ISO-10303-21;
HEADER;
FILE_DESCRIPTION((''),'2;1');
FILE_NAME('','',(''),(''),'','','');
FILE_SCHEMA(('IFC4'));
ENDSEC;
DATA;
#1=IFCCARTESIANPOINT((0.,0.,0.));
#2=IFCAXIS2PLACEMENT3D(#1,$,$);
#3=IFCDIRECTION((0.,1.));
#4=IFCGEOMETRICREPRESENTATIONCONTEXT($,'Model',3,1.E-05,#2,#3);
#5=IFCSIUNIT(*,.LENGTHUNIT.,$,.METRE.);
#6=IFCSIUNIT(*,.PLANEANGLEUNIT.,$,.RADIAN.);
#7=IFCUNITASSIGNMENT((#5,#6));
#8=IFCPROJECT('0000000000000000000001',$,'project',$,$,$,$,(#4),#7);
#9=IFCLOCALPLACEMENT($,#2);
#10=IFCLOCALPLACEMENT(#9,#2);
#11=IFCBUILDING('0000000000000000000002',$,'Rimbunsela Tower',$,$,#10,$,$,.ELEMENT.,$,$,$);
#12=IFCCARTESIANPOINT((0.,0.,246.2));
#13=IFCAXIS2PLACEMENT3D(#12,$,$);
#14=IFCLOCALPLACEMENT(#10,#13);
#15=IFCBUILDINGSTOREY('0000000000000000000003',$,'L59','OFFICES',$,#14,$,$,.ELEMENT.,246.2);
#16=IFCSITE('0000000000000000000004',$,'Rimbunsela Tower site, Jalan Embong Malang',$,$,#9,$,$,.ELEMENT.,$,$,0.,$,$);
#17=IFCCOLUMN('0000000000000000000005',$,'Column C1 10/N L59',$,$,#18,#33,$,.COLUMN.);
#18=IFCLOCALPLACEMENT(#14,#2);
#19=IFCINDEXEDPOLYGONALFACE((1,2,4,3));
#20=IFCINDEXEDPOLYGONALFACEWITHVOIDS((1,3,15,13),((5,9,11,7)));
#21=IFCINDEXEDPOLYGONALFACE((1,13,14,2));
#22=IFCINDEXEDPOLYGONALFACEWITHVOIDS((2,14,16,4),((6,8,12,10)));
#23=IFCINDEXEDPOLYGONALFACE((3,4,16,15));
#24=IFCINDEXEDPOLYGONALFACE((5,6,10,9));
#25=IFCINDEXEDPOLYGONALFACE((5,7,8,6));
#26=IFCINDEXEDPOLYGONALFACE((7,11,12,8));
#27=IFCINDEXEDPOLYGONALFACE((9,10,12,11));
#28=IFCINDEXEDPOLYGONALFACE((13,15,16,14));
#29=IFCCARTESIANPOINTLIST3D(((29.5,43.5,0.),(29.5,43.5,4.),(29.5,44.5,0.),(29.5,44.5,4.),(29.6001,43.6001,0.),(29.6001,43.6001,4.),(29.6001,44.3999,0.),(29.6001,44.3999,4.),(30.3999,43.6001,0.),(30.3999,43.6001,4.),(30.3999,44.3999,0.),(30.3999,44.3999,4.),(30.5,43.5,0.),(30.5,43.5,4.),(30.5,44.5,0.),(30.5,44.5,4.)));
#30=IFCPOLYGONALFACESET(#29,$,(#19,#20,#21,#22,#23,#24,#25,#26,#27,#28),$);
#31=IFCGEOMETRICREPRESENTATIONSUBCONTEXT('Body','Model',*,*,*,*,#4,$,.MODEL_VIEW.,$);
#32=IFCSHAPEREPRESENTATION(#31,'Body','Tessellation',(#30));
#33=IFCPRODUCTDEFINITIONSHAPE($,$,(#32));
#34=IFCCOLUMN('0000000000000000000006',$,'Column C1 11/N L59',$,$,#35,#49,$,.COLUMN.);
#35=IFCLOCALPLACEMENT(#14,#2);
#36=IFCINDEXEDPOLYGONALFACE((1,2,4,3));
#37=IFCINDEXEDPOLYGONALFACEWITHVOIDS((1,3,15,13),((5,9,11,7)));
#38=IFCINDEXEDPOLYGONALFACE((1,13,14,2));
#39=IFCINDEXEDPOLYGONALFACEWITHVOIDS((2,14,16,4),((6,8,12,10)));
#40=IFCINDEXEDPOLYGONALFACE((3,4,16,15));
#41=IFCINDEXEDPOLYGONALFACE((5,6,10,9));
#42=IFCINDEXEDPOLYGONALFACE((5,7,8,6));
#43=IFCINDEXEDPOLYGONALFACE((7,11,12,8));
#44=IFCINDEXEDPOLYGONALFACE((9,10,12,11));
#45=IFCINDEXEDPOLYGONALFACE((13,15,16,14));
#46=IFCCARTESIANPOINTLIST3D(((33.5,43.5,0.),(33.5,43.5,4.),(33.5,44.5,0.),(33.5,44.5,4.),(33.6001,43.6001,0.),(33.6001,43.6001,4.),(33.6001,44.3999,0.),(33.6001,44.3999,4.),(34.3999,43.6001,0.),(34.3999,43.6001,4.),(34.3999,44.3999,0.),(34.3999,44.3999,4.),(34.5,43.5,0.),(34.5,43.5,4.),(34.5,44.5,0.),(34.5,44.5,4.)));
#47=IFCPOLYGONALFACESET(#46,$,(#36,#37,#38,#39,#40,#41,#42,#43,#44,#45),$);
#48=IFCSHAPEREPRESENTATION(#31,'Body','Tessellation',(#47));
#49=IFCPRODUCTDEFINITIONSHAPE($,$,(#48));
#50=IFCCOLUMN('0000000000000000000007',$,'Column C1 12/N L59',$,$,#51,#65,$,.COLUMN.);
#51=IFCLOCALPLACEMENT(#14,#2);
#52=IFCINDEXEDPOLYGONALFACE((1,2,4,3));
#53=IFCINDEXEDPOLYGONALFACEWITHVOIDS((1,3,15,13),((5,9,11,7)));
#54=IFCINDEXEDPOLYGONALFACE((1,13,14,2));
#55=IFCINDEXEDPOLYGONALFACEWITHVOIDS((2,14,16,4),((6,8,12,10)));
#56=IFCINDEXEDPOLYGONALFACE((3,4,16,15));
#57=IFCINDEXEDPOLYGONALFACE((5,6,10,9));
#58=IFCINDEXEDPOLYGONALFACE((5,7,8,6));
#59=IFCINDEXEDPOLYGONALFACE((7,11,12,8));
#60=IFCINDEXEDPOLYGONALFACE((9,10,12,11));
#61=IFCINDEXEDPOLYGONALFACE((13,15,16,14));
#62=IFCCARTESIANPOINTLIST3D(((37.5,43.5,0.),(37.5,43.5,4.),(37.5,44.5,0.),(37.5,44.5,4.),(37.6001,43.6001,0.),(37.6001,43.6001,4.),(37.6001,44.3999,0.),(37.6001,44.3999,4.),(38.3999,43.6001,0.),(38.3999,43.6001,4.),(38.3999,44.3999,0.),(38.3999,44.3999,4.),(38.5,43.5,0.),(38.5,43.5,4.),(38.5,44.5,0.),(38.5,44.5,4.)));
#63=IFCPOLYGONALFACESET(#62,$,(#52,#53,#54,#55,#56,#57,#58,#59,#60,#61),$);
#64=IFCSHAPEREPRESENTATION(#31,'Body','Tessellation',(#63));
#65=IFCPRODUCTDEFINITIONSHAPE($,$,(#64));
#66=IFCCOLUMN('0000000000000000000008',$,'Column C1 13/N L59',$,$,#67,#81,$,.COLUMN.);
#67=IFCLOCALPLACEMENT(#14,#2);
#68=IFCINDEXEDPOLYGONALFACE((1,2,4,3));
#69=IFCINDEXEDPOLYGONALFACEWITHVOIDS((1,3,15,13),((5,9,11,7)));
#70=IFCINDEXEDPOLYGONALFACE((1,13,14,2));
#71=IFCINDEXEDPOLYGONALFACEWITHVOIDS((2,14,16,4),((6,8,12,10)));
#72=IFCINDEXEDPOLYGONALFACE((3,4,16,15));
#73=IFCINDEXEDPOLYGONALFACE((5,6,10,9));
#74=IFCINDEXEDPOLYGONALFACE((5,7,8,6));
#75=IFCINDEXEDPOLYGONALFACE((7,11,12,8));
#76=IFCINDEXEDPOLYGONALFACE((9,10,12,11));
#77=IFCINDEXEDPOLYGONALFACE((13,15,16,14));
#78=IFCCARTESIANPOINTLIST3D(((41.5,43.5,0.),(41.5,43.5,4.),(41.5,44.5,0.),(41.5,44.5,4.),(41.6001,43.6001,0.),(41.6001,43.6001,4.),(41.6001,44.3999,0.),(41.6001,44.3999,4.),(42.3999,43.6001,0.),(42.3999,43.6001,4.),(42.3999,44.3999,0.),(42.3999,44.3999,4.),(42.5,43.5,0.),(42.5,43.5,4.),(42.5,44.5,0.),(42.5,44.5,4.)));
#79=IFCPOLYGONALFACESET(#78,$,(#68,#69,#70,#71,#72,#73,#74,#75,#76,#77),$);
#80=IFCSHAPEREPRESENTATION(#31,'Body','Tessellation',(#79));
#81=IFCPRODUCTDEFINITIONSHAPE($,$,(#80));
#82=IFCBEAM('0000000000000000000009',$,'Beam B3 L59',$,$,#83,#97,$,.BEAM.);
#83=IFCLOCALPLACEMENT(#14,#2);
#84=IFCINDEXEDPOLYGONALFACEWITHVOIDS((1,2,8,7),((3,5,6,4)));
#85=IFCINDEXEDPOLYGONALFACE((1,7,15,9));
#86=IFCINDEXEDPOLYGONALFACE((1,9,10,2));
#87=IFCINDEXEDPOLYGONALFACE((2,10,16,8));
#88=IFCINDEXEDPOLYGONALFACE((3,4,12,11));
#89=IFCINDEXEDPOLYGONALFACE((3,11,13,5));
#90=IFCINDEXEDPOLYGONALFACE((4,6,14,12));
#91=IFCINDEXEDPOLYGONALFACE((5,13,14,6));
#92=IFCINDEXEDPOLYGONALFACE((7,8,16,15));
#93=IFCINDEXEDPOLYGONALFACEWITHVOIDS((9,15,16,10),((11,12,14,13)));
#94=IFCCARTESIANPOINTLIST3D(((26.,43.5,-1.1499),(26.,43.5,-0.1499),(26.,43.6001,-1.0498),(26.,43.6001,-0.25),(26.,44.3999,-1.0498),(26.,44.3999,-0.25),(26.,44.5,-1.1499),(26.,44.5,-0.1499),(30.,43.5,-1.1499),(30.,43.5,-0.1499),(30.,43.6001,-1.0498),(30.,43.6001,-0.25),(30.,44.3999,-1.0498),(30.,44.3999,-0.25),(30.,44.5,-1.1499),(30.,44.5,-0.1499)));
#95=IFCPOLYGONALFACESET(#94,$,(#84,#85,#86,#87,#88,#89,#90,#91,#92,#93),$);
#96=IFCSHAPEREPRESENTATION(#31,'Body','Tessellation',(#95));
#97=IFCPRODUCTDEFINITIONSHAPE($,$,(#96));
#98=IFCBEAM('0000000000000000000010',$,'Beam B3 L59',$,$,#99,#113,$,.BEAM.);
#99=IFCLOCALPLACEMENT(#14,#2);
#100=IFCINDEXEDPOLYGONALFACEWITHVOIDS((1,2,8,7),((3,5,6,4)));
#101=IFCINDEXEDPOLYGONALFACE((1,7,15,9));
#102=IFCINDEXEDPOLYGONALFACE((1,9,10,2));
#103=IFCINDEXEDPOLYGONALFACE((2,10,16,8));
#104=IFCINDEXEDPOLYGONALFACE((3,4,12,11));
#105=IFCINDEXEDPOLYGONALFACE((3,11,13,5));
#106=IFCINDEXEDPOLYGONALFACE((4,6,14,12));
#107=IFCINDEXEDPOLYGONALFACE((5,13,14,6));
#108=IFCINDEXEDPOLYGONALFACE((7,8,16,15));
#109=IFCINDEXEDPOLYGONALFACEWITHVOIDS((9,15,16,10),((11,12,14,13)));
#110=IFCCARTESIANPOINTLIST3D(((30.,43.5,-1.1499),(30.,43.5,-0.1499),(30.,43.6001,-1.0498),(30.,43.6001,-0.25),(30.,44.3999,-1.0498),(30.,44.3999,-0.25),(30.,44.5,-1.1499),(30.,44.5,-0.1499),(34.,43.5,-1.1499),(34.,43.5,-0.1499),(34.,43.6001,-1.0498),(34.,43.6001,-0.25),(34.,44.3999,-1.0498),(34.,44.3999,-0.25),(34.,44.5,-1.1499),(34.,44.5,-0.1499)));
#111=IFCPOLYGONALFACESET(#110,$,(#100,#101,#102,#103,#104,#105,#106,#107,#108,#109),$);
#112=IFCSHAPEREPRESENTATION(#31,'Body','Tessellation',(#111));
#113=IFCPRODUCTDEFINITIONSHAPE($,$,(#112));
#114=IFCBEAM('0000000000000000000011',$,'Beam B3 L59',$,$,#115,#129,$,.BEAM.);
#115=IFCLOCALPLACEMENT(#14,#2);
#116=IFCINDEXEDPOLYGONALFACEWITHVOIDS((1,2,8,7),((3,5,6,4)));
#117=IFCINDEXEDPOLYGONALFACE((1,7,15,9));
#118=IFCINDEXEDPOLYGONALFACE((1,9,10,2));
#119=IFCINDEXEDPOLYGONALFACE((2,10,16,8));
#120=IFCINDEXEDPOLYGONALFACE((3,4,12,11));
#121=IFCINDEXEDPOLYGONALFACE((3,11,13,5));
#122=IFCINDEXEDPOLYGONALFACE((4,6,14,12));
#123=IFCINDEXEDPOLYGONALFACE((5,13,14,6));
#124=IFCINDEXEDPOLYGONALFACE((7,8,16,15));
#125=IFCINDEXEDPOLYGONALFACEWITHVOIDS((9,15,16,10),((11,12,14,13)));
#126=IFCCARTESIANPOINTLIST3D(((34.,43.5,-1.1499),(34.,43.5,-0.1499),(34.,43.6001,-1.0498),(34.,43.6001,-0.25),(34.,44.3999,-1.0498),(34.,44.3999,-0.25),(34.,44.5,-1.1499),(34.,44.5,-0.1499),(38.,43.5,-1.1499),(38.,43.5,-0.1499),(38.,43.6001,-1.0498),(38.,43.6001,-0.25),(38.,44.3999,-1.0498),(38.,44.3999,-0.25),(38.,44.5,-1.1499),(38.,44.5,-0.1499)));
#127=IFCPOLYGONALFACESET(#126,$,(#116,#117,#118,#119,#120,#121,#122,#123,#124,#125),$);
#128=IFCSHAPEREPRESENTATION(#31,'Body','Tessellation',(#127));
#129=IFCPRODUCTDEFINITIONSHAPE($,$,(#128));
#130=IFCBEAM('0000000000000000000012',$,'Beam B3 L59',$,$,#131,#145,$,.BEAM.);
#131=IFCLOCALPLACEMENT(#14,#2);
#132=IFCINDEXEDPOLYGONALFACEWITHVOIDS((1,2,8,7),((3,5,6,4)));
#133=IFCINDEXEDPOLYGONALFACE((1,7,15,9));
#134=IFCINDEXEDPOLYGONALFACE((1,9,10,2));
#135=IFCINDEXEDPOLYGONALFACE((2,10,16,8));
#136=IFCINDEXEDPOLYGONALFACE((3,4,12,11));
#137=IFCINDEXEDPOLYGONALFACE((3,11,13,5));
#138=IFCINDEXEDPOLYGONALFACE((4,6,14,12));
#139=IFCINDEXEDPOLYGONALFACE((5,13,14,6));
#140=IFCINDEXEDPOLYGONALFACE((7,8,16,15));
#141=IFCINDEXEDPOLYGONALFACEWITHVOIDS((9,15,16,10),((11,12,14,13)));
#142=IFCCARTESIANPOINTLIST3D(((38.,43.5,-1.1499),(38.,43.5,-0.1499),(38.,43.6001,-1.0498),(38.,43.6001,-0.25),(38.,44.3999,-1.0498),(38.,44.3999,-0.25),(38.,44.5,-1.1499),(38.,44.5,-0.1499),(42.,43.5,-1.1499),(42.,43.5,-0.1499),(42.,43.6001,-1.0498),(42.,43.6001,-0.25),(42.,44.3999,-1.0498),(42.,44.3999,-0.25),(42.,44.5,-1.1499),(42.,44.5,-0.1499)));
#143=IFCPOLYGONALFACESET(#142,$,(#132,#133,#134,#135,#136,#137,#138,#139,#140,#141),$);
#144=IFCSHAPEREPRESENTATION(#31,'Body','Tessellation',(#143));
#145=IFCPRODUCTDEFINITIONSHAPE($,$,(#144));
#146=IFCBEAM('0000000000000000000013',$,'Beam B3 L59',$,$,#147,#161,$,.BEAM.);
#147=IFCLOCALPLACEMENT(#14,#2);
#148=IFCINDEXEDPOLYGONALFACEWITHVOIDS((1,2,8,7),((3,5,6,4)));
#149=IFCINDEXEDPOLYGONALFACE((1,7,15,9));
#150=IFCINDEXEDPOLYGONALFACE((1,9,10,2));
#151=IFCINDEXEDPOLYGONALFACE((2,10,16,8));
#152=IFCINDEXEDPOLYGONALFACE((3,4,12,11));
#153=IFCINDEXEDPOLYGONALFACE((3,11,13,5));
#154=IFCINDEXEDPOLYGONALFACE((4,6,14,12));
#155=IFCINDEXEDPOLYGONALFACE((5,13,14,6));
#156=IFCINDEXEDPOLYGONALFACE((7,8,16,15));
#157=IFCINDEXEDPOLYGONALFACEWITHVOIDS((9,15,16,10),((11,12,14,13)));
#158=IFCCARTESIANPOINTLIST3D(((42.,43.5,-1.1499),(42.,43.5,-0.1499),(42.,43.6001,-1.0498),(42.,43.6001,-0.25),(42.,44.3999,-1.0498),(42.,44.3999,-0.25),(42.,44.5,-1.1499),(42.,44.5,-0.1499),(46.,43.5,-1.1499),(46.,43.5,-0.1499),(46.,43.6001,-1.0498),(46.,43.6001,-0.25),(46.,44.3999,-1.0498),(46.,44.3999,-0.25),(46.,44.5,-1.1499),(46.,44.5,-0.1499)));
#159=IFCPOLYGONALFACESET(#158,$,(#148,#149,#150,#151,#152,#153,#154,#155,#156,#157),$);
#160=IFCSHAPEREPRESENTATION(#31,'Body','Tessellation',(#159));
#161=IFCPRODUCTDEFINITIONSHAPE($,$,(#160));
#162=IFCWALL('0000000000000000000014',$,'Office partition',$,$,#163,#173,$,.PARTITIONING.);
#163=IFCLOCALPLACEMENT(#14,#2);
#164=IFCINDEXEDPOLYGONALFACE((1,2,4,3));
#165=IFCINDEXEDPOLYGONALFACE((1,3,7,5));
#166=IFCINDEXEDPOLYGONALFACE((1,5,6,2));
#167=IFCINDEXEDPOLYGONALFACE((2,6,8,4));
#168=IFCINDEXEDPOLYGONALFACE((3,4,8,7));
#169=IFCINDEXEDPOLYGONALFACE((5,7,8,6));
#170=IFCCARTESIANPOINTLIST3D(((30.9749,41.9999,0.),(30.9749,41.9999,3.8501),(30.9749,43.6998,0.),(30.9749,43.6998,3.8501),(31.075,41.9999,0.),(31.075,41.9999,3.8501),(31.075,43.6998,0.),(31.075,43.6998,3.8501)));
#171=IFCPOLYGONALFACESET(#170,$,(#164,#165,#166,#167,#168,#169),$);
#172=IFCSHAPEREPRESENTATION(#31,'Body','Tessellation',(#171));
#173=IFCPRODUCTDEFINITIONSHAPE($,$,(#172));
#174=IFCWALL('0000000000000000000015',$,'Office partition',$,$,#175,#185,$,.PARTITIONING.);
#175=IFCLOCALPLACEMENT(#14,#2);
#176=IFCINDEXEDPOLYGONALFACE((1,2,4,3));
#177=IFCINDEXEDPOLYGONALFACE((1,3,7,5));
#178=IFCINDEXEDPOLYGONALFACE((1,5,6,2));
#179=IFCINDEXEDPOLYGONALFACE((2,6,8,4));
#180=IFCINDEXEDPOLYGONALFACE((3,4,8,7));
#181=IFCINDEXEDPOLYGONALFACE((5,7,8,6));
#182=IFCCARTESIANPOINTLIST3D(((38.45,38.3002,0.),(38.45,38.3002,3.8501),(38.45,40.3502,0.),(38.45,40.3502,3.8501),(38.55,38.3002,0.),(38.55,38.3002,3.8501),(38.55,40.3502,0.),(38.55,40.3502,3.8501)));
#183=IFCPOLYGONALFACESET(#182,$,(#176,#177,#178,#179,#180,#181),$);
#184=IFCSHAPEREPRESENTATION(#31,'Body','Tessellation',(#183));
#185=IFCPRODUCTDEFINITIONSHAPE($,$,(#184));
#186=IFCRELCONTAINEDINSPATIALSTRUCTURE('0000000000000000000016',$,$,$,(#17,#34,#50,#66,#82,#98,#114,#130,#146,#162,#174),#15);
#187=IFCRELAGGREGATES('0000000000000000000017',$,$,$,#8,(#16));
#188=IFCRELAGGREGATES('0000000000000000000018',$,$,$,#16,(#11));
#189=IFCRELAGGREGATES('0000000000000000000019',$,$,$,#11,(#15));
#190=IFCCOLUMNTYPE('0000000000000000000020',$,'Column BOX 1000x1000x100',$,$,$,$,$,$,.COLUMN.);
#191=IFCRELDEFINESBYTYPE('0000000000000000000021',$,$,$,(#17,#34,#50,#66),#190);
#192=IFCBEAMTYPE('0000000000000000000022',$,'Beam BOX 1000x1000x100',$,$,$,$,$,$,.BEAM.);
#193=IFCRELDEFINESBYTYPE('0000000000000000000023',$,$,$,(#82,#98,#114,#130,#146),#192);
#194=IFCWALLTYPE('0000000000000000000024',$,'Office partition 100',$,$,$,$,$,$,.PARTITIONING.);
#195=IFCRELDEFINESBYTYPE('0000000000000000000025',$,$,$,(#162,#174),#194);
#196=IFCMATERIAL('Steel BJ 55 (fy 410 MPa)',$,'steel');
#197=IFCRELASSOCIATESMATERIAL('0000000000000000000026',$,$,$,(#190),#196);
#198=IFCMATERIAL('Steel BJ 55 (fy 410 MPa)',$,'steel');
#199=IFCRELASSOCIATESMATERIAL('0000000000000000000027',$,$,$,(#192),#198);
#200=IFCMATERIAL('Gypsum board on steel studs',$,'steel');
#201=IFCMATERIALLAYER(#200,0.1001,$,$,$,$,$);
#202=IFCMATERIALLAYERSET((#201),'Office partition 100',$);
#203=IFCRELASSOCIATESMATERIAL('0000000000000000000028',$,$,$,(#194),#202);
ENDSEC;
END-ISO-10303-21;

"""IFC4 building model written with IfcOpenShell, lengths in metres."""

from ifc_helpers import new_model, si_unit, direction, frame, frame_2d, origin, origin_2d, place, context, subcontext, project, spatial, rectangle, hollow_rectangle, extrude, material, layer, layer_set, material_profile, profile_set, type_object, element, save


model = new_model("IFC4")

# Units and contexts
model_context = context("Model", 3, precision=1e-05, world=origin(), true_north=direction((0.0, 1.0)))
body_context = subcontext(model_context, "Body", "Model", "MODEL_VIEW")
ifc_project = project(units=[si_unit("LENGTHUNIT", "METRE"), si_unit("PLANEANGLEUNIT", "RADIAN")], contexts=[model_context])

# Site, building, storey
site_placement = place(None, origin())
site = spatial("IfcSite", under=ifc_project, at=site_placement, Name="Rimbunsela Tower site, Jalan Embong Malang", CompositionType="ELEMENT", RefElevation=0.0)
building_placement = place(site_placement, origin())
building = spatial("IfcBuilding", under=site, at=building_placement, Name="Rimbunsela Tower", CompositionType="ELEMENT")
storey_placement = place(building_placement, frame((0.0, 0.0, 246.2)))
storey = spatial("IfcBuildingStorey", under=building, at=storey_placement, Name="L59", Description="OFFICES", CompositionType="ELEMENT", Elevation=246.2)

# Columns
ifc_material_1 = material(Name="Steel BJ 55 (fy 410 MPa)", Category="steel")
ifc_material_profile_1 = material_profile(ifc_material_1, hollow_rectangle(XDim=1.0, YDim=1.0, WallThickness=0.1001, at=origin_2d()), Name="BOX 1000x1000x100")
ifc_profile_set_1 = profile_set([ifc_material_profile_1], Name="Steel BJ 55 (fy 410 MPa)")
column_type = type_object("IfcColumnType", Name="Column BOX 1000x1000x100", PredefinedType="COLUMN", material=ifc_profile_set_1)
for number, where, z_axis, x_axis, name in (
    (1, (30.0, 44.0, 0.0), (0.0, 0.0, 1.0), (1.0, 0.0, 0.0), "Column C1 10/N L59"),
    (2, (34.0, 44.0, 0.0), (0.0, 0.0, 1.0), (1.0, 0.0, 0.0), "Column C1 11/N L59"),
    (3, (38.0, 44.0, 0.0), (0.0, 0.0, 1.0), (1.0, 0.0, 0.0), "Column C1 12/N L59"),
    (4, (42.0, 44.0, 0.0), (0.0, 0.0, 1.0), (1.0, 0.0, 0.0), "Column C1 13/N L59"),
):
    element("IfcColumn", number, at=place(storey_placement, frame(where, z_axis=z_axis, x_axis=x_axis)), inside=storey, type_object=column_type, Name=name, PredefinedType="COLUMN", context=body_context, shape_type="SweptSolid", body=[
        extrude(hollow_rectangle(XDim=1.0, YDim=1.0, WallThickness=0.1001, at=origin_2d()), origin(), (0.0, 0.0, 1.0), 4.0),
    ])

# Beams
ifc_material_2 = material(Name="Steel BJ 55 (fy 410 MPa)", Category="steel")
ifc_material_profile_2 = material_profile(ifc_material_2, hollow_rectangle(XDim=1.0, YDim=1.0, WallThickness=0.1001, at=origin_2d()), Name="BOX 1000x1000x100")
ifc_profile_set_2 = profile_set([ifc_material_profile_2], Name="Steel BJ 55 (fy 410 MPa)")
beam_type = type_object("IfcBeamType", Name="Beam BOX 1000x1000x100", PredefinedType="BEAM", material=ifc_profile_set_2)
for number, where, z_axis, x_axis, name in (
    (5, (26.0, 44.0, -0.6499), (1.0, 0.0, 0.0), (0.0, 1.0, 0.0), "Beam B3 L59"),
    (6, (30.0, 44.0, -0.6499), (1.0, 0.0, 0.0), (0.0, 1.0, 0.0), "Beam B3 L59"),
    (7, (34.0, 44.0, -0.6499), (1.0, 0.0, 0.0), (0.0, 1.0, 0.0), "Beam B3 L59"),
    (8, (38.0, 44.0, -0.6499), (1.0, 0.0, 0.0), (0.0, 1.0, 0.0), "Beam B3 L59"),
    (9, (42.0, 44.0, -0.6499), (1.0, 0.0, 0.0), (0.0, 1.0, 0.0), "Beam B3 L59"),
):
    element("IfcBeam", number, at=place(storey_placement, frame(where, z_axis=z_axis, x_axis=x_axis)), inside=storey, type_object=beam_type, Name=name, PredefinedType="BEAM", context=body_context, shape_type="SweptSolid", body=[
        extrude(hollow_rectangle(XDim=1.0, YDim=1.0, WallThickness=0.1001, at=origin_2d()), origin(), (0.0, 0.0, 1.0), 4.0),
    ])

# Walls
ifc_material_3 = material(Name="Gypsum board on steel studs", Category="steel")
ifc_layer_1 = layer(ifc_material_3, 0.1001)
ifc_layer_set_1 = layer_set([ifc_layer_1], Name="Office partition 100")
wall_type_1 = type_object("IfcWallType", Name="Office partition 100", PredefinedType="PARTITIONING", material=ifc_layer_set_1)
wall_1_placement = place(storey_placement, frame((31.0249, 43.7, 0.0), z_axis=(0.0, 0.0, 1.0), x_axis=(0.0, -1.0, 0.0)))
element("IfcWall", 10, at=wall_1_placement, inside=storey, type_object=wall_type_1, Name="Office partition", PredefinedType="PARTITIONING", context=body_context, shape_type="SweptSolid", body=[
    extrude(rectangle(XDim=1.7, YDim=0.1001, at=frame_2d((0.8501, 0.0))), origin(), (0.0, 0.0, 1.0), 3.8501),
])
wall_2_placement = place(storey_placement, frame((38.5, 40.3501, 0.0), z_axis=(0.0, 0.0, 1.0), x_axis=(0.0, -1.0, 0.0)))
element("IfcWall", 11, at=wall_2_placement, inside=storey, type_object=wall_type_1, Name="Office partition", PredefinedType="PARTITIONING", context=body_context, shape_type="SweptSolid", body=[
    extrude(rectangle(XDim=2.05, YDim=0.1001, at=frame_2d((1.0249, 0.0))), origin(), (0.0, 0.0, 1.0), 3.8501),
])

save(model, "model.ifc")
